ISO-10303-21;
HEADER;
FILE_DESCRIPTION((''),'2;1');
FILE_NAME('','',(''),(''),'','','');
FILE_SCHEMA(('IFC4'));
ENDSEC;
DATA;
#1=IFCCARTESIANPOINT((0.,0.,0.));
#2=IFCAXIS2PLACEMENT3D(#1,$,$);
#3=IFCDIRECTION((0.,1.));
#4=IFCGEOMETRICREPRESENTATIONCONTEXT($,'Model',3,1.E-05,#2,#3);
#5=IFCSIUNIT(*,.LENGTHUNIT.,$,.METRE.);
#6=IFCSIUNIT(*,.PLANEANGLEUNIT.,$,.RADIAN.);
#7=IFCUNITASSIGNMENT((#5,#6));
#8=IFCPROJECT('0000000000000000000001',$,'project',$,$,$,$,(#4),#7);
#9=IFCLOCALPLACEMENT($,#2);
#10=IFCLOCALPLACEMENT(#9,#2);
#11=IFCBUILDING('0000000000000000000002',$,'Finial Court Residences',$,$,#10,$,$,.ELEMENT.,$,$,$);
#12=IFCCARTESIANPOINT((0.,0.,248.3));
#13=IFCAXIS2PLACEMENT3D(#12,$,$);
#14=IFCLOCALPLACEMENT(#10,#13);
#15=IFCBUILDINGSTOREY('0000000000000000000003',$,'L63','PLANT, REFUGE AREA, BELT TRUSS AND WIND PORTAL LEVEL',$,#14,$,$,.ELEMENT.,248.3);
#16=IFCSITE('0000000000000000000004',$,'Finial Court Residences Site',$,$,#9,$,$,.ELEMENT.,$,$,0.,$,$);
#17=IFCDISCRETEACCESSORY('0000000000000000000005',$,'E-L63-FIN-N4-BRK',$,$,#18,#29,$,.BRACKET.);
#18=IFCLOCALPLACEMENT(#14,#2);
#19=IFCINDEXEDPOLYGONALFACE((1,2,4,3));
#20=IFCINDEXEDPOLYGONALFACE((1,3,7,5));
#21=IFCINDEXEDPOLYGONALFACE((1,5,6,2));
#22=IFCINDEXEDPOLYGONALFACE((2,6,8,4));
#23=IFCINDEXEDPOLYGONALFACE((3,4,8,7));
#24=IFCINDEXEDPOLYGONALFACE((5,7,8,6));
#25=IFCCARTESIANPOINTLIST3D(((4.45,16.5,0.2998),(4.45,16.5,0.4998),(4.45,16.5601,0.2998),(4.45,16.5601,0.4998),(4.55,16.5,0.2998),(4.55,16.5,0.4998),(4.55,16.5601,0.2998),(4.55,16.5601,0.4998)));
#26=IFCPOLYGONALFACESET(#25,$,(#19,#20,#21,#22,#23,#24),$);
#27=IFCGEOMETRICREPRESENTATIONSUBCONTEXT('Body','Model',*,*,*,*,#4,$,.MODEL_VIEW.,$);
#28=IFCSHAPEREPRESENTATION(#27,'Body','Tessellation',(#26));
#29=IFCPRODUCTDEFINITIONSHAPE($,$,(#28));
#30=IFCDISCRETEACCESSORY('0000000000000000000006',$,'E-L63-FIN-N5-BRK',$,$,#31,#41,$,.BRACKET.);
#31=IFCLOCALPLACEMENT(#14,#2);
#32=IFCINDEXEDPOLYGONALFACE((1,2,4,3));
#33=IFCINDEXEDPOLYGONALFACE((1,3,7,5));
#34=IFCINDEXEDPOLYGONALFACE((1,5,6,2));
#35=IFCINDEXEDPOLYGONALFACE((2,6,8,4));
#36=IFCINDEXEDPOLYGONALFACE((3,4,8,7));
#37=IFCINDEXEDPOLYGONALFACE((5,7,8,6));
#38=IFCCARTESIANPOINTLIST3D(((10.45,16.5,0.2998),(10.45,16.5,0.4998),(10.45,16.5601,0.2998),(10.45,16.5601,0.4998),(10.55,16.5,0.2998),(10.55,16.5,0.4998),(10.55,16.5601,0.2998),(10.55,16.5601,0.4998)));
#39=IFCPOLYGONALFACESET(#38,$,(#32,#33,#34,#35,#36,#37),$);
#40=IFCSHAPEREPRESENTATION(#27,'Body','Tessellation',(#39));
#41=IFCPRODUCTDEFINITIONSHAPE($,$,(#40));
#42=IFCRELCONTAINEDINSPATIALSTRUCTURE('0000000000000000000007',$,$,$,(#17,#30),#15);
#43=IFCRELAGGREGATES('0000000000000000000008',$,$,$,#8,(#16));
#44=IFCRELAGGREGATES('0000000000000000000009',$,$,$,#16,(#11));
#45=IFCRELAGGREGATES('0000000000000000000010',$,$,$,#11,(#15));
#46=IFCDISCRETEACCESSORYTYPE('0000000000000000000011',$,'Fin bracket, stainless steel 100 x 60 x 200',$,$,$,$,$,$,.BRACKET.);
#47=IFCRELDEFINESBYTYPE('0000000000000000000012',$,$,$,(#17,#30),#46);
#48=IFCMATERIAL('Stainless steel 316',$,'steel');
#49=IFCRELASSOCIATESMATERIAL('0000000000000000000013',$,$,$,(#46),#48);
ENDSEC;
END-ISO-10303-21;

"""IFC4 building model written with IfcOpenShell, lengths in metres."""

from ifc_helpers import new_model, si_unit, direction, frame, origin, origin_2d, place, context, subcontext, project, spatial, rectangle, extrude, material, type_object, element, save


model = new_model("IFC4")

# Units and contexts
model_context = context("Model", 3, precision=1e-05, world=origin(), true_north=direction((0.0, 1.0)))
body_context = subcontext(model_context, "Body", "Model", "MODEL_VIEW")
ifc_project = project(units=[si_unit("LENGTHUNIT", "METRE"), si_unit("PLANEANGLEUNIT", "RADIAN")], contexts=[model_context])

# Site, building, storey
site_placement = place(None, origin())
site = spatial("IfcSite", under=ifc_project, at=site_placement, Name="Finial Court Residences Site", CompositionType="ELEMENT", RefElevation=0.0)
building_placement = place(site_placement, origin())
building = spatial("IfcBuilding", under=site, at=building_placement, Name="Finial Court Residences", CompositionType="ELEMENT")
storey_placement = place(building_placement, frame((0.0, 0.0, 248.3)))
storey = spatial("IfcBuildingStorey", under=building, at=storey_placement, Name="L63", Description="PLANT, REFUGE AREA, BELT TRUSS AND WIND PORTAL LEVEL", CompositionType="ELEMENT", Elevation=248.3)

# Discrete accessories
ifc_material_1 = material(Name="Stainless steel 316", Category="steel")
discrete_accessory_type = type_object("IfcDiscreteAccessoryType", Name="Fin bracket, stainless steel 100 x 60 x 200", PredefinedType="BRACKET", material=ifc_material_1)
for number, where, z_axis, x_axis, name in (
    (1, (4.5, 16.53, 0.2998), (0.0, 0.0, 1.0), (1.0, 0.0, 0.0), "E-L63-FIN-N4-BRK"),
    (2, (10.5, 16.53, 0.2998), (0.0, 0.0, 1.0), (1.0, 0.0, 0.0), "E-L63-FIN-N5-BRK"),
):
    element("IfcDiscreteAccessory", number, at=place(storey_placement, frame(where, z_axis=z_axis, x_axis=x_axis)), inside=storey, type_object=discrete_accessory_type, Name=name, PredefinedType="BRACKET", context=body_context, shape_type="SweptSolid", body=[
        extrude(rectangle(XDim=0.1001, YDim=0.0601, at=origin_2d()), origin(), (0.0, 0.0, 1.0), 0.2),
    ])

save(model, "model.ifc")
